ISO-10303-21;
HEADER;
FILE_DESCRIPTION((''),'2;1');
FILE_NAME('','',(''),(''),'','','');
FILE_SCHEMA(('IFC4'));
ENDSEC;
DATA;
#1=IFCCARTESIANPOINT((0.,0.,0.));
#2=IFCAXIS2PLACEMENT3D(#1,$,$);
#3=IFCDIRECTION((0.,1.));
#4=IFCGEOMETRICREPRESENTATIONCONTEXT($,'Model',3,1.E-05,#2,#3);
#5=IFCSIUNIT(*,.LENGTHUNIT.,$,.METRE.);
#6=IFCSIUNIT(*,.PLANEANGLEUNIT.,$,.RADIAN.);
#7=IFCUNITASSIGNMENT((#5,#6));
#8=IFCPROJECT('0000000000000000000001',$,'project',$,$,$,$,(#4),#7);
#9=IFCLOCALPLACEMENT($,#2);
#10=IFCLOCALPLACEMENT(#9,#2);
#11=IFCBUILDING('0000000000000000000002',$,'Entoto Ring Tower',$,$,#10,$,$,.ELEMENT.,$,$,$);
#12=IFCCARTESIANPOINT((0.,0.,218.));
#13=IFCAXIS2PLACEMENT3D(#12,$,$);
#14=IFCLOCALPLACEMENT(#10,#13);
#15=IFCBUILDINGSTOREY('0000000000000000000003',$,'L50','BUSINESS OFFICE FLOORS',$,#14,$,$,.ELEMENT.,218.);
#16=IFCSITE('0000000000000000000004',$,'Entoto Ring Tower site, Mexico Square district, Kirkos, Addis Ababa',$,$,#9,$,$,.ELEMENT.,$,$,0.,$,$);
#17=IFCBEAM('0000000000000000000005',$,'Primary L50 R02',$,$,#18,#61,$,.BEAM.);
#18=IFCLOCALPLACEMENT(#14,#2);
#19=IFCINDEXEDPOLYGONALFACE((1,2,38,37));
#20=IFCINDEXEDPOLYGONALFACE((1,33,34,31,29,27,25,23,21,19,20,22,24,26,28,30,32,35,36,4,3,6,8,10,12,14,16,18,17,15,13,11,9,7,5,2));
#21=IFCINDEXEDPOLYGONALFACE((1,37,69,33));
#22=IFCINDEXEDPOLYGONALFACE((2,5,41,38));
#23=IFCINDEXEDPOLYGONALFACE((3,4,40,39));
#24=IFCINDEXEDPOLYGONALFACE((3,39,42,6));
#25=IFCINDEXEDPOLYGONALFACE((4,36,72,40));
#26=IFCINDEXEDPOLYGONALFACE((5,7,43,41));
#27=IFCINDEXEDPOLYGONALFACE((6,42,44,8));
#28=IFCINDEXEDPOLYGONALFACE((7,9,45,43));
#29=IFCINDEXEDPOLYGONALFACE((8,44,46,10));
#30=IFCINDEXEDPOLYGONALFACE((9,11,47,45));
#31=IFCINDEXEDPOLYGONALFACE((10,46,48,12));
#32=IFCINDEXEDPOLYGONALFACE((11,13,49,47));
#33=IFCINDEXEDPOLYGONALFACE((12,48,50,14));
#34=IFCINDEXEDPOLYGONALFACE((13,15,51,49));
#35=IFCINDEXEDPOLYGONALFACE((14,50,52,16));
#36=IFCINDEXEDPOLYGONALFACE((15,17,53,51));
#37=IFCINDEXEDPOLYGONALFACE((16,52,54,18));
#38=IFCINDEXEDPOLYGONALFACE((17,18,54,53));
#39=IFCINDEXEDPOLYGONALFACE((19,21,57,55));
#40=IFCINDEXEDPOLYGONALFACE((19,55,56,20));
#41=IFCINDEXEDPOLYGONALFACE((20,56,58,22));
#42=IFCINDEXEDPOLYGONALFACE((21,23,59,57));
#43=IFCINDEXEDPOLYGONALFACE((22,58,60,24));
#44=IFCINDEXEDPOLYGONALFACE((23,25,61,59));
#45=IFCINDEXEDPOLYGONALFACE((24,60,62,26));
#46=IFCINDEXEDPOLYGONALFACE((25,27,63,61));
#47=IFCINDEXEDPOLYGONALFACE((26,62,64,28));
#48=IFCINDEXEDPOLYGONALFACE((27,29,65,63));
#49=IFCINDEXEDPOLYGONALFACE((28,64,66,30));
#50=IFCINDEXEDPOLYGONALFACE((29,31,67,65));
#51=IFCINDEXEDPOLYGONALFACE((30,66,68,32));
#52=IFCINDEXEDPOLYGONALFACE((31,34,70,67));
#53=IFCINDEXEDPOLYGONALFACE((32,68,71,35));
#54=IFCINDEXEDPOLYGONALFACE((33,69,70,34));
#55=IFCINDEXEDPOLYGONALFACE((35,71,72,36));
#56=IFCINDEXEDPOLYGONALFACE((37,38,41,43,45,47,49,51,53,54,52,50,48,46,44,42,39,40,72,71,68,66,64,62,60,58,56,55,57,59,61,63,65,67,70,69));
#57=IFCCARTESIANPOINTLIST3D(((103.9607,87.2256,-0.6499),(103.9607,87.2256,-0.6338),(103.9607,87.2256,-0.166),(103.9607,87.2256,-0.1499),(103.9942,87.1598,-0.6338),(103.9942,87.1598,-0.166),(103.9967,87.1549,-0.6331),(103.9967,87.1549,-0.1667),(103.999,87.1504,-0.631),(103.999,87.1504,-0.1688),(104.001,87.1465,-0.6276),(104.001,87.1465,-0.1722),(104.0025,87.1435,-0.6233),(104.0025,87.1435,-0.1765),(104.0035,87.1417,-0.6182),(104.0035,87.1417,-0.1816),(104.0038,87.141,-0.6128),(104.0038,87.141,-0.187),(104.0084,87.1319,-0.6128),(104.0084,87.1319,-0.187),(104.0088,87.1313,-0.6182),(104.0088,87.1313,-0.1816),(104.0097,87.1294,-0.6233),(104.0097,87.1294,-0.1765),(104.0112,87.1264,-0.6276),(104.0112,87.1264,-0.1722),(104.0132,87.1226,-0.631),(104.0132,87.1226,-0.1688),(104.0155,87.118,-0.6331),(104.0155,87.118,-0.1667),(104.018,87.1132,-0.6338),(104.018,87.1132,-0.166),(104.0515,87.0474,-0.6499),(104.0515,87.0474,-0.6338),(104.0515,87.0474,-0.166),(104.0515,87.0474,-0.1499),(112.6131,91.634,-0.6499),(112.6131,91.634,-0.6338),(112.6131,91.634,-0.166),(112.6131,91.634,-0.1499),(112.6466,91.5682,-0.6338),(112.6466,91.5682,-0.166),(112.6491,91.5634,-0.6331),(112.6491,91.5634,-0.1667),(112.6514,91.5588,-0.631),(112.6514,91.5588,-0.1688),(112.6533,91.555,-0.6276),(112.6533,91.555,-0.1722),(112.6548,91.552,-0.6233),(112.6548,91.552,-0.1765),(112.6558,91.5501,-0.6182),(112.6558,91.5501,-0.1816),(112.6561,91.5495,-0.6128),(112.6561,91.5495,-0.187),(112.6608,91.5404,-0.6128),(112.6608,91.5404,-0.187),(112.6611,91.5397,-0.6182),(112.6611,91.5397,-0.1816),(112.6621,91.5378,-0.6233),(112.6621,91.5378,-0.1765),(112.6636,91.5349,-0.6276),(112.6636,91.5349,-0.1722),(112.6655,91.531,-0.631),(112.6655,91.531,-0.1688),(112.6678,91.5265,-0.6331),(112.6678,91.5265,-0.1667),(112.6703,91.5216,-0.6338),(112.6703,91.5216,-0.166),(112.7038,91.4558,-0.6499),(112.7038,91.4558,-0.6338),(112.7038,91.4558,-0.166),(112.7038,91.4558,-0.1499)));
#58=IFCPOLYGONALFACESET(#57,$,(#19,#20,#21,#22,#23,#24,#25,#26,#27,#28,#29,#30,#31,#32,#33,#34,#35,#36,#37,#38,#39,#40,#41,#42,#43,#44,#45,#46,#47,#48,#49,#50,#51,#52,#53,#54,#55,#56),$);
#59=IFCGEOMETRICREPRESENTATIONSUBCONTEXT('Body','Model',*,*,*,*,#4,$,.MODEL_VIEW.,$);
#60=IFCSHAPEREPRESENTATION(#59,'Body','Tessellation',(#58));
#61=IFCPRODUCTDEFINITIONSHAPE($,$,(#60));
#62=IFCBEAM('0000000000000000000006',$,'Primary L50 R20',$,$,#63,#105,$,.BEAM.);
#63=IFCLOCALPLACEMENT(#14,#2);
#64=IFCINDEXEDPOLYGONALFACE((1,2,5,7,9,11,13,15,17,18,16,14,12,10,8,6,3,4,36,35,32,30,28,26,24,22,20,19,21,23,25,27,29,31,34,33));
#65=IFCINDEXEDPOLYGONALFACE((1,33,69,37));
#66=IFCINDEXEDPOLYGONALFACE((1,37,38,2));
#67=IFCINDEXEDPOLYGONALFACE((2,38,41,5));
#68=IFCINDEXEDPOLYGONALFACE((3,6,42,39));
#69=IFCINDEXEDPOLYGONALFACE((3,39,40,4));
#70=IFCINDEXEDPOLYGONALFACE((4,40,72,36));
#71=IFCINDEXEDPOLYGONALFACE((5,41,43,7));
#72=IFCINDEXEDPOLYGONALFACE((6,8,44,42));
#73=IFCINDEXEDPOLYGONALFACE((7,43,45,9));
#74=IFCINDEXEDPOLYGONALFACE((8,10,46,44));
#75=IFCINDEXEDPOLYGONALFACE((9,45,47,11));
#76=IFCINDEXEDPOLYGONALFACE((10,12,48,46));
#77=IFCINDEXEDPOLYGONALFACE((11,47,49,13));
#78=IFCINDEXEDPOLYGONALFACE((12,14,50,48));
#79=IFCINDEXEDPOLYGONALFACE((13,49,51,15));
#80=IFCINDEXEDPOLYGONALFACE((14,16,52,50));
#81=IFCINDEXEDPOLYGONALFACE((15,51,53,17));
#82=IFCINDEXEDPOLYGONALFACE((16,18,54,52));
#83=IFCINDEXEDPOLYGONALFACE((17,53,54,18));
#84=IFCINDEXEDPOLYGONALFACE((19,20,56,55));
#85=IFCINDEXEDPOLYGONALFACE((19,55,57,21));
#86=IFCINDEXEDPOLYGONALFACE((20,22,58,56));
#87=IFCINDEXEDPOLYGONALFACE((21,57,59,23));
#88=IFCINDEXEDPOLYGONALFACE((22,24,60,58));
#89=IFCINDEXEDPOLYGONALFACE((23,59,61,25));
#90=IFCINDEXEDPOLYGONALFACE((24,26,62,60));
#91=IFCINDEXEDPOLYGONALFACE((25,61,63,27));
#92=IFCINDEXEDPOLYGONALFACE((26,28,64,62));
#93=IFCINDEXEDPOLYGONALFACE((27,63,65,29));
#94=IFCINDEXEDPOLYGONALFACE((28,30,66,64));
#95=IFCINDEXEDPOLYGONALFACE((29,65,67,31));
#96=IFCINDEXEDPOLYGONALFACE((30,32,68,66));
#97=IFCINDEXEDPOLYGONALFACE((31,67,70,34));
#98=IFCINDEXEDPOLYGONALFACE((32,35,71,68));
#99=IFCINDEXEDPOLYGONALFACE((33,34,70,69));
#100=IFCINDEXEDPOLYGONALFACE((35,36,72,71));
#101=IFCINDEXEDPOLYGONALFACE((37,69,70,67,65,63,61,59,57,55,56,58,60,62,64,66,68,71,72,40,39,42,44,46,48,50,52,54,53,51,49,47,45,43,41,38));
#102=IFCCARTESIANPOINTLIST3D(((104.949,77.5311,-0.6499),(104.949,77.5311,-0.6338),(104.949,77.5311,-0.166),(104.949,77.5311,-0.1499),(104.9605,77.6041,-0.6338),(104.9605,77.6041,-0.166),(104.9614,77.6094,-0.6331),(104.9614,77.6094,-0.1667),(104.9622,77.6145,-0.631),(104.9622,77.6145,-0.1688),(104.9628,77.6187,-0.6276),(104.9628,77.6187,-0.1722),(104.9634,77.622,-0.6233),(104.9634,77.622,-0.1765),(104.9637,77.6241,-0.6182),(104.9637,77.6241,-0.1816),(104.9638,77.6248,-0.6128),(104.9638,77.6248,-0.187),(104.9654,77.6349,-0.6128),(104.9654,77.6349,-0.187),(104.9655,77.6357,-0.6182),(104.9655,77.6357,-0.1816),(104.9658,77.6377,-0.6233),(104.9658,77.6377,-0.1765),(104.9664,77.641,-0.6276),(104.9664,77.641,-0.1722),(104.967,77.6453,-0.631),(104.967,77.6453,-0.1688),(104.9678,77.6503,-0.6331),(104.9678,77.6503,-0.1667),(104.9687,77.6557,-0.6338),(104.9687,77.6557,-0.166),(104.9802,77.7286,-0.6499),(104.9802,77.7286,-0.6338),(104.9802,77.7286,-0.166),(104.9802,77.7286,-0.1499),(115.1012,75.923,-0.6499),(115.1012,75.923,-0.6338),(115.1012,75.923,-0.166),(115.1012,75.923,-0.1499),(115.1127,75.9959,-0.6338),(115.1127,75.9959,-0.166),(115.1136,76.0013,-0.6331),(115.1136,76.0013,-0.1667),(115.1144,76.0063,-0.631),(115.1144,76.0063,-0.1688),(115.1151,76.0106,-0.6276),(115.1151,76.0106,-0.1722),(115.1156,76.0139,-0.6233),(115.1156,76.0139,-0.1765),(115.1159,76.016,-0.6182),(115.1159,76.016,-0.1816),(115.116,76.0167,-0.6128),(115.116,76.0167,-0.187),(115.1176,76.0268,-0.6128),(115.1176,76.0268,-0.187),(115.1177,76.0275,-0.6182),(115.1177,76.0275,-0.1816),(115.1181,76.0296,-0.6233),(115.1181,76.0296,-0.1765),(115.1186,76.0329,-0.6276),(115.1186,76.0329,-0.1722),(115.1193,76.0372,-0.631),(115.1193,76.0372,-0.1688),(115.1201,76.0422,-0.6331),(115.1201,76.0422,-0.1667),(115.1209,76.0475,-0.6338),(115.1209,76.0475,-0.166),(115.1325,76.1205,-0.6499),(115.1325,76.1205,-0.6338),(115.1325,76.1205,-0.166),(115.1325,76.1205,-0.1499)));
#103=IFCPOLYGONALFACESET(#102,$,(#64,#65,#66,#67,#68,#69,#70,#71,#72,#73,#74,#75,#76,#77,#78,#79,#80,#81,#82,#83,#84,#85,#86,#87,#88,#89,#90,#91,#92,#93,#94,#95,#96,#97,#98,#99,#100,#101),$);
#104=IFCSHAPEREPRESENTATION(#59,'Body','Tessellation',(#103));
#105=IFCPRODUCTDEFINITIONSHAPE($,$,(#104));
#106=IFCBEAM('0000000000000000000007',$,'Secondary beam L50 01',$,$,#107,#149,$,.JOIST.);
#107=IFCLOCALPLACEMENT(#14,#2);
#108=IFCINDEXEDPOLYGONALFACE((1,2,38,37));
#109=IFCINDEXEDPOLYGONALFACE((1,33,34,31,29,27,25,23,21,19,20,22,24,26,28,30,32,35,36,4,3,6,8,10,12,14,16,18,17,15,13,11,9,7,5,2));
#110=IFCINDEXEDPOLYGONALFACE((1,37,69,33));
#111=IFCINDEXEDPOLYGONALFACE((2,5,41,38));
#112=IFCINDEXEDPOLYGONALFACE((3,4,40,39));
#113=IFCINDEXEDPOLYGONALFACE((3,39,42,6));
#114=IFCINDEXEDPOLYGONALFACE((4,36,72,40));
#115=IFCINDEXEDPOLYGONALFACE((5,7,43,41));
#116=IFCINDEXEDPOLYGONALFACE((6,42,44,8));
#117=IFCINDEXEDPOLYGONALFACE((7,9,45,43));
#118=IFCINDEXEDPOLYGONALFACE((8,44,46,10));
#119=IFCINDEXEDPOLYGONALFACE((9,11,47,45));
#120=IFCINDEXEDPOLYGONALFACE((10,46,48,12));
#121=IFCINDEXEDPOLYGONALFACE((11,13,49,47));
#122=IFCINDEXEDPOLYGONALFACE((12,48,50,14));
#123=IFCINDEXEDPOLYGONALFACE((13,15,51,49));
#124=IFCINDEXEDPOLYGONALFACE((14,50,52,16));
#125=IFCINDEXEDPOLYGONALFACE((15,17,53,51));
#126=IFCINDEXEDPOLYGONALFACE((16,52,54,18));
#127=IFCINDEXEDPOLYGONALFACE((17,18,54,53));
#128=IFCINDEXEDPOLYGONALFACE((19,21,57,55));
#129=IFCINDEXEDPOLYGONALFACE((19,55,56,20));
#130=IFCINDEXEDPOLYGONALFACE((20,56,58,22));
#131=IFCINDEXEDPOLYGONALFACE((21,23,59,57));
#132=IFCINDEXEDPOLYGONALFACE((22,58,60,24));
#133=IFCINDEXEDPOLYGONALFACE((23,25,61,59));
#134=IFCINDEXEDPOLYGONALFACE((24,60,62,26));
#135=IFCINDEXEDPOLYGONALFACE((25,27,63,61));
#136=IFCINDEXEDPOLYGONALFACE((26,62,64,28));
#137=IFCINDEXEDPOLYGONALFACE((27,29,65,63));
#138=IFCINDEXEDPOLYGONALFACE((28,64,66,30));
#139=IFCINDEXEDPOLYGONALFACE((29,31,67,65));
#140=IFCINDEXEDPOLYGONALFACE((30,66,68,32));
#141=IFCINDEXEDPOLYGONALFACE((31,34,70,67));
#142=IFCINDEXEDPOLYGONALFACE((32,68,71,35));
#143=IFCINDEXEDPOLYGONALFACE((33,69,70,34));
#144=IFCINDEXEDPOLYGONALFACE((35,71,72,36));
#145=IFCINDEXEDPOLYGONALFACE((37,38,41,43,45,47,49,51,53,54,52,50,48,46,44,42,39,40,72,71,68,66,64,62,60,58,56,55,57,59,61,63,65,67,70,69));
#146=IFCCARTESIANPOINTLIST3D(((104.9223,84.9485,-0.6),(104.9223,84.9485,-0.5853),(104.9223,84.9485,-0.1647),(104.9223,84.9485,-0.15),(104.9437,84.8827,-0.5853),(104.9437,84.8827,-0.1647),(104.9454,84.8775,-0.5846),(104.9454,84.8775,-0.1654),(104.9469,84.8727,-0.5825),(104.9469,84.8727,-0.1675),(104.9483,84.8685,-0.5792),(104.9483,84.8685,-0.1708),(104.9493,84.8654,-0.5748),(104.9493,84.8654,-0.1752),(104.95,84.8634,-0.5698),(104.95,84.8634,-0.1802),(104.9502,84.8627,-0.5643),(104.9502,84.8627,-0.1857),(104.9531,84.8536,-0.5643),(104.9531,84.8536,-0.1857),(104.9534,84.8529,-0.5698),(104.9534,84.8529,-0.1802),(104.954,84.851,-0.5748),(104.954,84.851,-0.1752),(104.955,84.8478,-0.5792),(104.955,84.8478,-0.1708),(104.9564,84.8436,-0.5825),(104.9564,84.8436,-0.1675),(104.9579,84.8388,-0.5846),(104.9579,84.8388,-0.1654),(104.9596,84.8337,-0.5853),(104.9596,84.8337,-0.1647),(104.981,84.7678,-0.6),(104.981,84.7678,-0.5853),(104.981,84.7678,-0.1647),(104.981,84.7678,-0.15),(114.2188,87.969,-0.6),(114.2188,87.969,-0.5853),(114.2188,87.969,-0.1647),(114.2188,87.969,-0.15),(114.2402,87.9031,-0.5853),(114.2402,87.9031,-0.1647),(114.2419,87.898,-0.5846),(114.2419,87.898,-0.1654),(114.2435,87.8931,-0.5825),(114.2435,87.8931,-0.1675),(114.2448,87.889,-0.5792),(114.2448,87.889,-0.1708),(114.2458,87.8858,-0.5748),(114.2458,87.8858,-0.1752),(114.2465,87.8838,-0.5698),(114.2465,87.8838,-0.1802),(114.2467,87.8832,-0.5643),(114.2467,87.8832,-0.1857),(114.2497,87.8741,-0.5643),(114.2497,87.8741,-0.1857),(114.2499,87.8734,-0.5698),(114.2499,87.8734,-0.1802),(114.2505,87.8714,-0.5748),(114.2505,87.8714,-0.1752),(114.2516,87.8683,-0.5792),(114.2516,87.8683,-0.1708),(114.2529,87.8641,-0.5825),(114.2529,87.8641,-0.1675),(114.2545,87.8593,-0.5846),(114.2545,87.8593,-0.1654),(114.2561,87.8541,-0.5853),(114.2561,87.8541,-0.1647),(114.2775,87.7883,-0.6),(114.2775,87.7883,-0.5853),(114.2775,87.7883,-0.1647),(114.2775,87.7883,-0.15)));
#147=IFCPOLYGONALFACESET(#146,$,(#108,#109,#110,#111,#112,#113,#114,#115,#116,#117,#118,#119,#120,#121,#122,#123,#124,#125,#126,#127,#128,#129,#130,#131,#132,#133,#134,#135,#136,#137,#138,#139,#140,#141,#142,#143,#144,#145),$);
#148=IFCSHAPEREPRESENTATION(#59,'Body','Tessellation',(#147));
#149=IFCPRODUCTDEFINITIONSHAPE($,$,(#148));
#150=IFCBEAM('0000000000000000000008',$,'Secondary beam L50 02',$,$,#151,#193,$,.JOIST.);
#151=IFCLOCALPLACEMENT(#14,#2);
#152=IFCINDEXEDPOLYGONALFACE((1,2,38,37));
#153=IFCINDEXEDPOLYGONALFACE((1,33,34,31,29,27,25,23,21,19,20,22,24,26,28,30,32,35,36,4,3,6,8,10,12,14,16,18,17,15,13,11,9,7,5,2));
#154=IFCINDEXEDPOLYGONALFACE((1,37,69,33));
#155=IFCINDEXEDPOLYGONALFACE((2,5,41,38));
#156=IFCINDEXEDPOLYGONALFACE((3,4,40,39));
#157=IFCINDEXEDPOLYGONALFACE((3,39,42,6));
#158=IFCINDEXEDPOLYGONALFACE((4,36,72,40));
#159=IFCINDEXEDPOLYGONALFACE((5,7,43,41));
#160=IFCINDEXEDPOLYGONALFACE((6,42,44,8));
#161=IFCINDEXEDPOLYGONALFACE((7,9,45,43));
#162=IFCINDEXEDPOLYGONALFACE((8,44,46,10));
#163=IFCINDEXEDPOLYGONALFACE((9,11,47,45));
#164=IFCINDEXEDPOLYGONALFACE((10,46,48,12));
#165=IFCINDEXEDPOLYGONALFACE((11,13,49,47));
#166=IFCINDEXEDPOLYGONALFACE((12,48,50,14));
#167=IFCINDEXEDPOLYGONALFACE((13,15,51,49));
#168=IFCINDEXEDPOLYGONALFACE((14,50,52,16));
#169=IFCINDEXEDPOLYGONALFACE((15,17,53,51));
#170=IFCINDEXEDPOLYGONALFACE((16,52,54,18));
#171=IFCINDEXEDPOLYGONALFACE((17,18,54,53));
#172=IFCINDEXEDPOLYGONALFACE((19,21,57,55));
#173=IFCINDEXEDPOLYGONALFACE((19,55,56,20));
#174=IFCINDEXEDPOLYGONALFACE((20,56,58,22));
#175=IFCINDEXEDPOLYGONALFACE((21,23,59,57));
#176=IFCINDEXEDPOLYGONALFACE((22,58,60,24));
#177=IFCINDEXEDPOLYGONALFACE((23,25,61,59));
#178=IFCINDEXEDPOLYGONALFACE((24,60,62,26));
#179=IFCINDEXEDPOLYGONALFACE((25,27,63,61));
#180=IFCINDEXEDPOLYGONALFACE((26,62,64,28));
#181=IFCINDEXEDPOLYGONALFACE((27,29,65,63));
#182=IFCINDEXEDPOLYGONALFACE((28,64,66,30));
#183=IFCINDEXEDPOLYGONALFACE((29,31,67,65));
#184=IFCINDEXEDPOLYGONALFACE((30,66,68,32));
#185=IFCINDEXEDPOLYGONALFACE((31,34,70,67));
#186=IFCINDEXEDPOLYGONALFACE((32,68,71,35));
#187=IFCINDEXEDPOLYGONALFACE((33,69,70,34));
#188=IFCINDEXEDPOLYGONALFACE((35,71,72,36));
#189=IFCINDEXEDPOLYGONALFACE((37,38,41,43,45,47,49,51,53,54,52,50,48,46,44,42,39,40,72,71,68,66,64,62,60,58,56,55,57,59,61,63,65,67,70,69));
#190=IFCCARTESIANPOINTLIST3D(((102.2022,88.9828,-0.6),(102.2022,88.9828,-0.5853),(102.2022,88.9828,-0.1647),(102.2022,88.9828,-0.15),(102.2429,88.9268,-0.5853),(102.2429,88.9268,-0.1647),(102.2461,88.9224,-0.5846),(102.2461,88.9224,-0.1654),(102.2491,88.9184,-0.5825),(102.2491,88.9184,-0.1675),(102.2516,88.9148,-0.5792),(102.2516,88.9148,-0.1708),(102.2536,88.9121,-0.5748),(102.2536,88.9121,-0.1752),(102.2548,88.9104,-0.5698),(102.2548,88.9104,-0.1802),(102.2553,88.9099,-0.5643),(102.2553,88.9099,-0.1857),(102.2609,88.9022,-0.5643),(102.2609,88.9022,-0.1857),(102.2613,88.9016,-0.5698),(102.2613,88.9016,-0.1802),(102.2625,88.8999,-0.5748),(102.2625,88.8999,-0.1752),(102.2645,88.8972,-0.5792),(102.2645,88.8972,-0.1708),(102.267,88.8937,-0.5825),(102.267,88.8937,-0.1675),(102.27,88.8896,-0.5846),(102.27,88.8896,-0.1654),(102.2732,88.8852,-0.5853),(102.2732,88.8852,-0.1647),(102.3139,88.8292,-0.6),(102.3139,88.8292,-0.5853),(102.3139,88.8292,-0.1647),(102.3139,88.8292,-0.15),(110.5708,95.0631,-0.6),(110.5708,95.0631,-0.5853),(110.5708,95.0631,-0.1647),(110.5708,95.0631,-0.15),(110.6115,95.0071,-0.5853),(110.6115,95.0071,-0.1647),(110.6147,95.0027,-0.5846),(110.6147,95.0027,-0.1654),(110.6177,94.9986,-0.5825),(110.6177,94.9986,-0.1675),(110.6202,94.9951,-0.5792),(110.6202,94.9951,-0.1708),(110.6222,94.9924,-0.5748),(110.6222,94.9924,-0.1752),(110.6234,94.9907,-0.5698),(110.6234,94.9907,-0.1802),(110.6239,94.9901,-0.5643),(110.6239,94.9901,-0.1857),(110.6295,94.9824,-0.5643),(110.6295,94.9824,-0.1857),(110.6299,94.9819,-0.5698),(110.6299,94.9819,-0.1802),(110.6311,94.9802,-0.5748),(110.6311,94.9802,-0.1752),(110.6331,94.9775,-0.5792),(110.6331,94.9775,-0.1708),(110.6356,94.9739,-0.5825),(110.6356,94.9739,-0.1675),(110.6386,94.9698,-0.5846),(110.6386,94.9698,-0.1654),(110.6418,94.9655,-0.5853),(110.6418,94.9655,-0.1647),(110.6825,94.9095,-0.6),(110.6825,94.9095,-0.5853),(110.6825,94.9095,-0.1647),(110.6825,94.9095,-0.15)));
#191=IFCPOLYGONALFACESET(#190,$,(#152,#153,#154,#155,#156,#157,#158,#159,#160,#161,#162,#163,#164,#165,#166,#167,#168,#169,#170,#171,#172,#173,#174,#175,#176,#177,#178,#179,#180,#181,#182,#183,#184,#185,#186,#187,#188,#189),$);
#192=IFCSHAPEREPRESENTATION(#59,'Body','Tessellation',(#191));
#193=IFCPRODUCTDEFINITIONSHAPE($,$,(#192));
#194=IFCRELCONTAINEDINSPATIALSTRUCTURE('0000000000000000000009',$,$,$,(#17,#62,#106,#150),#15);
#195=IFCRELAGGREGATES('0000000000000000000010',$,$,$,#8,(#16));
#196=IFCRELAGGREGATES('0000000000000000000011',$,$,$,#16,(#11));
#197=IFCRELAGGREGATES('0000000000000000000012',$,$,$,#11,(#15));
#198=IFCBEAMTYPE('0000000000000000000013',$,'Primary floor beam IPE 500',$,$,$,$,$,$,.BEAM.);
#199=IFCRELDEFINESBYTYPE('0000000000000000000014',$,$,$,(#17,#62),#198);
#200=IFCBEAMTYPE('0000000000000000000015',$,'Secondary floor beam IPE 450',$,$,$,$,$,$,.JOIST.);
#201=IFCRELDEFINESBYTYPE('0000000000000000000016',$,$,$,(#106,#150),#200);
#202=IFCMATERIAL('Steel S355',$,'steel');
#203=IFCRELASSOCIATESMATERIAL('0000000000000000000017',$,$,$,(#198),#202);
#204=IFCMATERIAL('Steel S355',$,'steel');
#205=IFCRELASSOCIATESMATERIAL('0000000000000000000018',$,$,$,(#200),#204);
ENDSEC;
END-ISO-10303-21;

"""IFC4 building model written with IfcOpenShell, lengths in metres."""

from ifc_helpers import new_model, si_unit, direction, frame, origin, origin_2d, place, context, subcontext, project, spatial, i_section, extrude, material, material_profile, profile_set, type_object, element, save


model = new_model("IFC4")

# Units and contexts
model_context = context("Model", 3, precision=1e-05, world=origin(), true_north=direction((0.0, 1.0)))
body_context = subcontext(model_context, "Body", "Model", "MODEL_VIEW")
ifc_project = project(units=[si_unit("LENGTHUNIT", "METRE"), si_unit("PLANEANGLEUNIT", "RADIAN")], contexts=[model_context])

# Site, building, storey
site_placement = place(None, origin())
site = spatial("IfcSite", under=ifc_project, at=site_placement, Name="Entoto Ring Tower site, Mexico Square district, Kirkos, Addis Ababa", CompositionType="ELEMENT", RefElevation=0.0)
building_placement = place(site_placement, origin())
building = spatial("IfcBuilding", under=site, at=building_placement, Name="Entoto Ring Tower", CompositionType="ELEMENT")
storey_placement = place(building_placement, frame((0.0, 0.0, 218.0)))
storey = spatial("IfcBuildingStorey", under=building, at=storey_placement, Name="L50", Description="BUSINESS OFFICE FLOORS", CompositionType="ELEMENT", Elevation=218.0)

# Beams
ifc_material_1 = material(Name="Steel S355", Category="steel")
ifc_material_profile_1 = material_profile(ifc_material_1, i_section(OverallWidth=0.2, OverallDepth=0.5, WebThickness=0.0103, FlangeThickness=0.0161, FilletRadius=0.021, at=origin_2d()), Name="IPE 500")
ifc_profile_set_1 = profile_set([ifc_material_profile_1], Name="Steel S355")
beam_type_1 = type_object("IfcBeamType", Name="Primary floor beam IPE 500", PredefinedType="BEAM", material=ifc_profile_set_1)
beam_1_placement = place(storey_placement, frame((104.0061, 87.1365, -0.3999), z_axis=(0.891012, 0.453979, 0.0), x_axis=(-0.453979, 0.891012, 0.0)))
element("IfcBeam", 1, at=beam_1_placement, inside=storey, type_object=beam_type_1, Name="Primary L50 R02", PredefinedType="BEAM", context=body_context, shape_type="SweptSolid", body=[
    extrude(i_section(OverallWidth=0.2, OverallDepth=0.5, WebThickness=0.0103, FlangeThickness=0.0161, FilletRadius=0.021, at=origin_2d()), origin(), (0.0, 0.0, 1.0), 9.7107),
])
beam_2_placement = place(storey_placement, frame((104.9646, 77.6299, -0.3999), z_axis=(0.987686, -0.156452, 0.0), x_axis=(0.156452, 0.987686, 0.0)))
element("IfcBeam", 2, at=beam_2_placement, inside=storey, type_object=beam_type_1, Name="Primary L50 R20", PredefinedType="BEAM", context=body_context, shape_type="SweptSolid", body=[
    extrude(i_section(OverallWidth=0.2, OverallDepth=0.5, WebThickness=0.0103, FlangeThickness=0.0161, FilletRadius=0.021, at=origin_2d()), origin(), (0.0, 0.0, 1.0), 10.2788),
])
ifc_material_2 = material(Name="Steel S355", Category="steel")
ifc_material_profile_2 = material_profile(ifc_material_2, i_section(OverallWidth=0.1899, OverallDepth=0.45, WebThickness=0.0095, FlangeThickness=0.0146, FilletRadius=0.021, at=origin_2d()), Name="IPE 450")
ifc_profile_set_2 = profile_set([ifc_material_profile_2], Name="Steel S355")
beam_type_2 = type_object("IfcBeamType", Name="Secondary floor beam IPE 450", PredefinedType="JOIST", material=ifc_profile_set_2)
beam_3_placement = place(storey_placement, frame((104.9517, 84.8582, -0.375), z_axis=(0.951061, 0.309003, 0.0), x_axis=(-0.309003, 0.951061, 0.0)))
element("IfcBeam", 3, at=beam_3_placement, inside=storey, type_object=beam_type_2, Name="Secondary beam L50 01", PredefinedType="JOIST", context=body_context, shape_type="SweptSolid", body=[
    extrude(i_section(OverallWidth=0.1899, OverallDepth=0.45, WebThickness=0.0095, FlangeThickness=0.0146, FilletRadius=0.021, at=origin_2d()), origin(), (0.0, 0.0, 1.0), 9.7749),
])
beam_4_placement = place(storey_placement, frame((102.2581, 88.906, -0.375), z_axis=(0.809011, 0.587794, 0.0), x_axis=(-0.587794, 0.809011, 0.0)))
element("IfcBeam", 4, at=beam_4_placement, inside=storey, type_object=beam_type_2, Name="Secondary beam L50 02", PredefinedType="JOIST", context=body_context, shape_type="SweptSolid", body=[
    extrude(i_section(OverallWidth=0.1899, OverallDepth=0.45, WebThickness=0.0095, FlangeThickness=0.0146, FilletRadius=0.021, at=origin_2d()), origin(), (0.0, 0.0, 1.0), 10.3442),
])

save(model, "model.ifc")
